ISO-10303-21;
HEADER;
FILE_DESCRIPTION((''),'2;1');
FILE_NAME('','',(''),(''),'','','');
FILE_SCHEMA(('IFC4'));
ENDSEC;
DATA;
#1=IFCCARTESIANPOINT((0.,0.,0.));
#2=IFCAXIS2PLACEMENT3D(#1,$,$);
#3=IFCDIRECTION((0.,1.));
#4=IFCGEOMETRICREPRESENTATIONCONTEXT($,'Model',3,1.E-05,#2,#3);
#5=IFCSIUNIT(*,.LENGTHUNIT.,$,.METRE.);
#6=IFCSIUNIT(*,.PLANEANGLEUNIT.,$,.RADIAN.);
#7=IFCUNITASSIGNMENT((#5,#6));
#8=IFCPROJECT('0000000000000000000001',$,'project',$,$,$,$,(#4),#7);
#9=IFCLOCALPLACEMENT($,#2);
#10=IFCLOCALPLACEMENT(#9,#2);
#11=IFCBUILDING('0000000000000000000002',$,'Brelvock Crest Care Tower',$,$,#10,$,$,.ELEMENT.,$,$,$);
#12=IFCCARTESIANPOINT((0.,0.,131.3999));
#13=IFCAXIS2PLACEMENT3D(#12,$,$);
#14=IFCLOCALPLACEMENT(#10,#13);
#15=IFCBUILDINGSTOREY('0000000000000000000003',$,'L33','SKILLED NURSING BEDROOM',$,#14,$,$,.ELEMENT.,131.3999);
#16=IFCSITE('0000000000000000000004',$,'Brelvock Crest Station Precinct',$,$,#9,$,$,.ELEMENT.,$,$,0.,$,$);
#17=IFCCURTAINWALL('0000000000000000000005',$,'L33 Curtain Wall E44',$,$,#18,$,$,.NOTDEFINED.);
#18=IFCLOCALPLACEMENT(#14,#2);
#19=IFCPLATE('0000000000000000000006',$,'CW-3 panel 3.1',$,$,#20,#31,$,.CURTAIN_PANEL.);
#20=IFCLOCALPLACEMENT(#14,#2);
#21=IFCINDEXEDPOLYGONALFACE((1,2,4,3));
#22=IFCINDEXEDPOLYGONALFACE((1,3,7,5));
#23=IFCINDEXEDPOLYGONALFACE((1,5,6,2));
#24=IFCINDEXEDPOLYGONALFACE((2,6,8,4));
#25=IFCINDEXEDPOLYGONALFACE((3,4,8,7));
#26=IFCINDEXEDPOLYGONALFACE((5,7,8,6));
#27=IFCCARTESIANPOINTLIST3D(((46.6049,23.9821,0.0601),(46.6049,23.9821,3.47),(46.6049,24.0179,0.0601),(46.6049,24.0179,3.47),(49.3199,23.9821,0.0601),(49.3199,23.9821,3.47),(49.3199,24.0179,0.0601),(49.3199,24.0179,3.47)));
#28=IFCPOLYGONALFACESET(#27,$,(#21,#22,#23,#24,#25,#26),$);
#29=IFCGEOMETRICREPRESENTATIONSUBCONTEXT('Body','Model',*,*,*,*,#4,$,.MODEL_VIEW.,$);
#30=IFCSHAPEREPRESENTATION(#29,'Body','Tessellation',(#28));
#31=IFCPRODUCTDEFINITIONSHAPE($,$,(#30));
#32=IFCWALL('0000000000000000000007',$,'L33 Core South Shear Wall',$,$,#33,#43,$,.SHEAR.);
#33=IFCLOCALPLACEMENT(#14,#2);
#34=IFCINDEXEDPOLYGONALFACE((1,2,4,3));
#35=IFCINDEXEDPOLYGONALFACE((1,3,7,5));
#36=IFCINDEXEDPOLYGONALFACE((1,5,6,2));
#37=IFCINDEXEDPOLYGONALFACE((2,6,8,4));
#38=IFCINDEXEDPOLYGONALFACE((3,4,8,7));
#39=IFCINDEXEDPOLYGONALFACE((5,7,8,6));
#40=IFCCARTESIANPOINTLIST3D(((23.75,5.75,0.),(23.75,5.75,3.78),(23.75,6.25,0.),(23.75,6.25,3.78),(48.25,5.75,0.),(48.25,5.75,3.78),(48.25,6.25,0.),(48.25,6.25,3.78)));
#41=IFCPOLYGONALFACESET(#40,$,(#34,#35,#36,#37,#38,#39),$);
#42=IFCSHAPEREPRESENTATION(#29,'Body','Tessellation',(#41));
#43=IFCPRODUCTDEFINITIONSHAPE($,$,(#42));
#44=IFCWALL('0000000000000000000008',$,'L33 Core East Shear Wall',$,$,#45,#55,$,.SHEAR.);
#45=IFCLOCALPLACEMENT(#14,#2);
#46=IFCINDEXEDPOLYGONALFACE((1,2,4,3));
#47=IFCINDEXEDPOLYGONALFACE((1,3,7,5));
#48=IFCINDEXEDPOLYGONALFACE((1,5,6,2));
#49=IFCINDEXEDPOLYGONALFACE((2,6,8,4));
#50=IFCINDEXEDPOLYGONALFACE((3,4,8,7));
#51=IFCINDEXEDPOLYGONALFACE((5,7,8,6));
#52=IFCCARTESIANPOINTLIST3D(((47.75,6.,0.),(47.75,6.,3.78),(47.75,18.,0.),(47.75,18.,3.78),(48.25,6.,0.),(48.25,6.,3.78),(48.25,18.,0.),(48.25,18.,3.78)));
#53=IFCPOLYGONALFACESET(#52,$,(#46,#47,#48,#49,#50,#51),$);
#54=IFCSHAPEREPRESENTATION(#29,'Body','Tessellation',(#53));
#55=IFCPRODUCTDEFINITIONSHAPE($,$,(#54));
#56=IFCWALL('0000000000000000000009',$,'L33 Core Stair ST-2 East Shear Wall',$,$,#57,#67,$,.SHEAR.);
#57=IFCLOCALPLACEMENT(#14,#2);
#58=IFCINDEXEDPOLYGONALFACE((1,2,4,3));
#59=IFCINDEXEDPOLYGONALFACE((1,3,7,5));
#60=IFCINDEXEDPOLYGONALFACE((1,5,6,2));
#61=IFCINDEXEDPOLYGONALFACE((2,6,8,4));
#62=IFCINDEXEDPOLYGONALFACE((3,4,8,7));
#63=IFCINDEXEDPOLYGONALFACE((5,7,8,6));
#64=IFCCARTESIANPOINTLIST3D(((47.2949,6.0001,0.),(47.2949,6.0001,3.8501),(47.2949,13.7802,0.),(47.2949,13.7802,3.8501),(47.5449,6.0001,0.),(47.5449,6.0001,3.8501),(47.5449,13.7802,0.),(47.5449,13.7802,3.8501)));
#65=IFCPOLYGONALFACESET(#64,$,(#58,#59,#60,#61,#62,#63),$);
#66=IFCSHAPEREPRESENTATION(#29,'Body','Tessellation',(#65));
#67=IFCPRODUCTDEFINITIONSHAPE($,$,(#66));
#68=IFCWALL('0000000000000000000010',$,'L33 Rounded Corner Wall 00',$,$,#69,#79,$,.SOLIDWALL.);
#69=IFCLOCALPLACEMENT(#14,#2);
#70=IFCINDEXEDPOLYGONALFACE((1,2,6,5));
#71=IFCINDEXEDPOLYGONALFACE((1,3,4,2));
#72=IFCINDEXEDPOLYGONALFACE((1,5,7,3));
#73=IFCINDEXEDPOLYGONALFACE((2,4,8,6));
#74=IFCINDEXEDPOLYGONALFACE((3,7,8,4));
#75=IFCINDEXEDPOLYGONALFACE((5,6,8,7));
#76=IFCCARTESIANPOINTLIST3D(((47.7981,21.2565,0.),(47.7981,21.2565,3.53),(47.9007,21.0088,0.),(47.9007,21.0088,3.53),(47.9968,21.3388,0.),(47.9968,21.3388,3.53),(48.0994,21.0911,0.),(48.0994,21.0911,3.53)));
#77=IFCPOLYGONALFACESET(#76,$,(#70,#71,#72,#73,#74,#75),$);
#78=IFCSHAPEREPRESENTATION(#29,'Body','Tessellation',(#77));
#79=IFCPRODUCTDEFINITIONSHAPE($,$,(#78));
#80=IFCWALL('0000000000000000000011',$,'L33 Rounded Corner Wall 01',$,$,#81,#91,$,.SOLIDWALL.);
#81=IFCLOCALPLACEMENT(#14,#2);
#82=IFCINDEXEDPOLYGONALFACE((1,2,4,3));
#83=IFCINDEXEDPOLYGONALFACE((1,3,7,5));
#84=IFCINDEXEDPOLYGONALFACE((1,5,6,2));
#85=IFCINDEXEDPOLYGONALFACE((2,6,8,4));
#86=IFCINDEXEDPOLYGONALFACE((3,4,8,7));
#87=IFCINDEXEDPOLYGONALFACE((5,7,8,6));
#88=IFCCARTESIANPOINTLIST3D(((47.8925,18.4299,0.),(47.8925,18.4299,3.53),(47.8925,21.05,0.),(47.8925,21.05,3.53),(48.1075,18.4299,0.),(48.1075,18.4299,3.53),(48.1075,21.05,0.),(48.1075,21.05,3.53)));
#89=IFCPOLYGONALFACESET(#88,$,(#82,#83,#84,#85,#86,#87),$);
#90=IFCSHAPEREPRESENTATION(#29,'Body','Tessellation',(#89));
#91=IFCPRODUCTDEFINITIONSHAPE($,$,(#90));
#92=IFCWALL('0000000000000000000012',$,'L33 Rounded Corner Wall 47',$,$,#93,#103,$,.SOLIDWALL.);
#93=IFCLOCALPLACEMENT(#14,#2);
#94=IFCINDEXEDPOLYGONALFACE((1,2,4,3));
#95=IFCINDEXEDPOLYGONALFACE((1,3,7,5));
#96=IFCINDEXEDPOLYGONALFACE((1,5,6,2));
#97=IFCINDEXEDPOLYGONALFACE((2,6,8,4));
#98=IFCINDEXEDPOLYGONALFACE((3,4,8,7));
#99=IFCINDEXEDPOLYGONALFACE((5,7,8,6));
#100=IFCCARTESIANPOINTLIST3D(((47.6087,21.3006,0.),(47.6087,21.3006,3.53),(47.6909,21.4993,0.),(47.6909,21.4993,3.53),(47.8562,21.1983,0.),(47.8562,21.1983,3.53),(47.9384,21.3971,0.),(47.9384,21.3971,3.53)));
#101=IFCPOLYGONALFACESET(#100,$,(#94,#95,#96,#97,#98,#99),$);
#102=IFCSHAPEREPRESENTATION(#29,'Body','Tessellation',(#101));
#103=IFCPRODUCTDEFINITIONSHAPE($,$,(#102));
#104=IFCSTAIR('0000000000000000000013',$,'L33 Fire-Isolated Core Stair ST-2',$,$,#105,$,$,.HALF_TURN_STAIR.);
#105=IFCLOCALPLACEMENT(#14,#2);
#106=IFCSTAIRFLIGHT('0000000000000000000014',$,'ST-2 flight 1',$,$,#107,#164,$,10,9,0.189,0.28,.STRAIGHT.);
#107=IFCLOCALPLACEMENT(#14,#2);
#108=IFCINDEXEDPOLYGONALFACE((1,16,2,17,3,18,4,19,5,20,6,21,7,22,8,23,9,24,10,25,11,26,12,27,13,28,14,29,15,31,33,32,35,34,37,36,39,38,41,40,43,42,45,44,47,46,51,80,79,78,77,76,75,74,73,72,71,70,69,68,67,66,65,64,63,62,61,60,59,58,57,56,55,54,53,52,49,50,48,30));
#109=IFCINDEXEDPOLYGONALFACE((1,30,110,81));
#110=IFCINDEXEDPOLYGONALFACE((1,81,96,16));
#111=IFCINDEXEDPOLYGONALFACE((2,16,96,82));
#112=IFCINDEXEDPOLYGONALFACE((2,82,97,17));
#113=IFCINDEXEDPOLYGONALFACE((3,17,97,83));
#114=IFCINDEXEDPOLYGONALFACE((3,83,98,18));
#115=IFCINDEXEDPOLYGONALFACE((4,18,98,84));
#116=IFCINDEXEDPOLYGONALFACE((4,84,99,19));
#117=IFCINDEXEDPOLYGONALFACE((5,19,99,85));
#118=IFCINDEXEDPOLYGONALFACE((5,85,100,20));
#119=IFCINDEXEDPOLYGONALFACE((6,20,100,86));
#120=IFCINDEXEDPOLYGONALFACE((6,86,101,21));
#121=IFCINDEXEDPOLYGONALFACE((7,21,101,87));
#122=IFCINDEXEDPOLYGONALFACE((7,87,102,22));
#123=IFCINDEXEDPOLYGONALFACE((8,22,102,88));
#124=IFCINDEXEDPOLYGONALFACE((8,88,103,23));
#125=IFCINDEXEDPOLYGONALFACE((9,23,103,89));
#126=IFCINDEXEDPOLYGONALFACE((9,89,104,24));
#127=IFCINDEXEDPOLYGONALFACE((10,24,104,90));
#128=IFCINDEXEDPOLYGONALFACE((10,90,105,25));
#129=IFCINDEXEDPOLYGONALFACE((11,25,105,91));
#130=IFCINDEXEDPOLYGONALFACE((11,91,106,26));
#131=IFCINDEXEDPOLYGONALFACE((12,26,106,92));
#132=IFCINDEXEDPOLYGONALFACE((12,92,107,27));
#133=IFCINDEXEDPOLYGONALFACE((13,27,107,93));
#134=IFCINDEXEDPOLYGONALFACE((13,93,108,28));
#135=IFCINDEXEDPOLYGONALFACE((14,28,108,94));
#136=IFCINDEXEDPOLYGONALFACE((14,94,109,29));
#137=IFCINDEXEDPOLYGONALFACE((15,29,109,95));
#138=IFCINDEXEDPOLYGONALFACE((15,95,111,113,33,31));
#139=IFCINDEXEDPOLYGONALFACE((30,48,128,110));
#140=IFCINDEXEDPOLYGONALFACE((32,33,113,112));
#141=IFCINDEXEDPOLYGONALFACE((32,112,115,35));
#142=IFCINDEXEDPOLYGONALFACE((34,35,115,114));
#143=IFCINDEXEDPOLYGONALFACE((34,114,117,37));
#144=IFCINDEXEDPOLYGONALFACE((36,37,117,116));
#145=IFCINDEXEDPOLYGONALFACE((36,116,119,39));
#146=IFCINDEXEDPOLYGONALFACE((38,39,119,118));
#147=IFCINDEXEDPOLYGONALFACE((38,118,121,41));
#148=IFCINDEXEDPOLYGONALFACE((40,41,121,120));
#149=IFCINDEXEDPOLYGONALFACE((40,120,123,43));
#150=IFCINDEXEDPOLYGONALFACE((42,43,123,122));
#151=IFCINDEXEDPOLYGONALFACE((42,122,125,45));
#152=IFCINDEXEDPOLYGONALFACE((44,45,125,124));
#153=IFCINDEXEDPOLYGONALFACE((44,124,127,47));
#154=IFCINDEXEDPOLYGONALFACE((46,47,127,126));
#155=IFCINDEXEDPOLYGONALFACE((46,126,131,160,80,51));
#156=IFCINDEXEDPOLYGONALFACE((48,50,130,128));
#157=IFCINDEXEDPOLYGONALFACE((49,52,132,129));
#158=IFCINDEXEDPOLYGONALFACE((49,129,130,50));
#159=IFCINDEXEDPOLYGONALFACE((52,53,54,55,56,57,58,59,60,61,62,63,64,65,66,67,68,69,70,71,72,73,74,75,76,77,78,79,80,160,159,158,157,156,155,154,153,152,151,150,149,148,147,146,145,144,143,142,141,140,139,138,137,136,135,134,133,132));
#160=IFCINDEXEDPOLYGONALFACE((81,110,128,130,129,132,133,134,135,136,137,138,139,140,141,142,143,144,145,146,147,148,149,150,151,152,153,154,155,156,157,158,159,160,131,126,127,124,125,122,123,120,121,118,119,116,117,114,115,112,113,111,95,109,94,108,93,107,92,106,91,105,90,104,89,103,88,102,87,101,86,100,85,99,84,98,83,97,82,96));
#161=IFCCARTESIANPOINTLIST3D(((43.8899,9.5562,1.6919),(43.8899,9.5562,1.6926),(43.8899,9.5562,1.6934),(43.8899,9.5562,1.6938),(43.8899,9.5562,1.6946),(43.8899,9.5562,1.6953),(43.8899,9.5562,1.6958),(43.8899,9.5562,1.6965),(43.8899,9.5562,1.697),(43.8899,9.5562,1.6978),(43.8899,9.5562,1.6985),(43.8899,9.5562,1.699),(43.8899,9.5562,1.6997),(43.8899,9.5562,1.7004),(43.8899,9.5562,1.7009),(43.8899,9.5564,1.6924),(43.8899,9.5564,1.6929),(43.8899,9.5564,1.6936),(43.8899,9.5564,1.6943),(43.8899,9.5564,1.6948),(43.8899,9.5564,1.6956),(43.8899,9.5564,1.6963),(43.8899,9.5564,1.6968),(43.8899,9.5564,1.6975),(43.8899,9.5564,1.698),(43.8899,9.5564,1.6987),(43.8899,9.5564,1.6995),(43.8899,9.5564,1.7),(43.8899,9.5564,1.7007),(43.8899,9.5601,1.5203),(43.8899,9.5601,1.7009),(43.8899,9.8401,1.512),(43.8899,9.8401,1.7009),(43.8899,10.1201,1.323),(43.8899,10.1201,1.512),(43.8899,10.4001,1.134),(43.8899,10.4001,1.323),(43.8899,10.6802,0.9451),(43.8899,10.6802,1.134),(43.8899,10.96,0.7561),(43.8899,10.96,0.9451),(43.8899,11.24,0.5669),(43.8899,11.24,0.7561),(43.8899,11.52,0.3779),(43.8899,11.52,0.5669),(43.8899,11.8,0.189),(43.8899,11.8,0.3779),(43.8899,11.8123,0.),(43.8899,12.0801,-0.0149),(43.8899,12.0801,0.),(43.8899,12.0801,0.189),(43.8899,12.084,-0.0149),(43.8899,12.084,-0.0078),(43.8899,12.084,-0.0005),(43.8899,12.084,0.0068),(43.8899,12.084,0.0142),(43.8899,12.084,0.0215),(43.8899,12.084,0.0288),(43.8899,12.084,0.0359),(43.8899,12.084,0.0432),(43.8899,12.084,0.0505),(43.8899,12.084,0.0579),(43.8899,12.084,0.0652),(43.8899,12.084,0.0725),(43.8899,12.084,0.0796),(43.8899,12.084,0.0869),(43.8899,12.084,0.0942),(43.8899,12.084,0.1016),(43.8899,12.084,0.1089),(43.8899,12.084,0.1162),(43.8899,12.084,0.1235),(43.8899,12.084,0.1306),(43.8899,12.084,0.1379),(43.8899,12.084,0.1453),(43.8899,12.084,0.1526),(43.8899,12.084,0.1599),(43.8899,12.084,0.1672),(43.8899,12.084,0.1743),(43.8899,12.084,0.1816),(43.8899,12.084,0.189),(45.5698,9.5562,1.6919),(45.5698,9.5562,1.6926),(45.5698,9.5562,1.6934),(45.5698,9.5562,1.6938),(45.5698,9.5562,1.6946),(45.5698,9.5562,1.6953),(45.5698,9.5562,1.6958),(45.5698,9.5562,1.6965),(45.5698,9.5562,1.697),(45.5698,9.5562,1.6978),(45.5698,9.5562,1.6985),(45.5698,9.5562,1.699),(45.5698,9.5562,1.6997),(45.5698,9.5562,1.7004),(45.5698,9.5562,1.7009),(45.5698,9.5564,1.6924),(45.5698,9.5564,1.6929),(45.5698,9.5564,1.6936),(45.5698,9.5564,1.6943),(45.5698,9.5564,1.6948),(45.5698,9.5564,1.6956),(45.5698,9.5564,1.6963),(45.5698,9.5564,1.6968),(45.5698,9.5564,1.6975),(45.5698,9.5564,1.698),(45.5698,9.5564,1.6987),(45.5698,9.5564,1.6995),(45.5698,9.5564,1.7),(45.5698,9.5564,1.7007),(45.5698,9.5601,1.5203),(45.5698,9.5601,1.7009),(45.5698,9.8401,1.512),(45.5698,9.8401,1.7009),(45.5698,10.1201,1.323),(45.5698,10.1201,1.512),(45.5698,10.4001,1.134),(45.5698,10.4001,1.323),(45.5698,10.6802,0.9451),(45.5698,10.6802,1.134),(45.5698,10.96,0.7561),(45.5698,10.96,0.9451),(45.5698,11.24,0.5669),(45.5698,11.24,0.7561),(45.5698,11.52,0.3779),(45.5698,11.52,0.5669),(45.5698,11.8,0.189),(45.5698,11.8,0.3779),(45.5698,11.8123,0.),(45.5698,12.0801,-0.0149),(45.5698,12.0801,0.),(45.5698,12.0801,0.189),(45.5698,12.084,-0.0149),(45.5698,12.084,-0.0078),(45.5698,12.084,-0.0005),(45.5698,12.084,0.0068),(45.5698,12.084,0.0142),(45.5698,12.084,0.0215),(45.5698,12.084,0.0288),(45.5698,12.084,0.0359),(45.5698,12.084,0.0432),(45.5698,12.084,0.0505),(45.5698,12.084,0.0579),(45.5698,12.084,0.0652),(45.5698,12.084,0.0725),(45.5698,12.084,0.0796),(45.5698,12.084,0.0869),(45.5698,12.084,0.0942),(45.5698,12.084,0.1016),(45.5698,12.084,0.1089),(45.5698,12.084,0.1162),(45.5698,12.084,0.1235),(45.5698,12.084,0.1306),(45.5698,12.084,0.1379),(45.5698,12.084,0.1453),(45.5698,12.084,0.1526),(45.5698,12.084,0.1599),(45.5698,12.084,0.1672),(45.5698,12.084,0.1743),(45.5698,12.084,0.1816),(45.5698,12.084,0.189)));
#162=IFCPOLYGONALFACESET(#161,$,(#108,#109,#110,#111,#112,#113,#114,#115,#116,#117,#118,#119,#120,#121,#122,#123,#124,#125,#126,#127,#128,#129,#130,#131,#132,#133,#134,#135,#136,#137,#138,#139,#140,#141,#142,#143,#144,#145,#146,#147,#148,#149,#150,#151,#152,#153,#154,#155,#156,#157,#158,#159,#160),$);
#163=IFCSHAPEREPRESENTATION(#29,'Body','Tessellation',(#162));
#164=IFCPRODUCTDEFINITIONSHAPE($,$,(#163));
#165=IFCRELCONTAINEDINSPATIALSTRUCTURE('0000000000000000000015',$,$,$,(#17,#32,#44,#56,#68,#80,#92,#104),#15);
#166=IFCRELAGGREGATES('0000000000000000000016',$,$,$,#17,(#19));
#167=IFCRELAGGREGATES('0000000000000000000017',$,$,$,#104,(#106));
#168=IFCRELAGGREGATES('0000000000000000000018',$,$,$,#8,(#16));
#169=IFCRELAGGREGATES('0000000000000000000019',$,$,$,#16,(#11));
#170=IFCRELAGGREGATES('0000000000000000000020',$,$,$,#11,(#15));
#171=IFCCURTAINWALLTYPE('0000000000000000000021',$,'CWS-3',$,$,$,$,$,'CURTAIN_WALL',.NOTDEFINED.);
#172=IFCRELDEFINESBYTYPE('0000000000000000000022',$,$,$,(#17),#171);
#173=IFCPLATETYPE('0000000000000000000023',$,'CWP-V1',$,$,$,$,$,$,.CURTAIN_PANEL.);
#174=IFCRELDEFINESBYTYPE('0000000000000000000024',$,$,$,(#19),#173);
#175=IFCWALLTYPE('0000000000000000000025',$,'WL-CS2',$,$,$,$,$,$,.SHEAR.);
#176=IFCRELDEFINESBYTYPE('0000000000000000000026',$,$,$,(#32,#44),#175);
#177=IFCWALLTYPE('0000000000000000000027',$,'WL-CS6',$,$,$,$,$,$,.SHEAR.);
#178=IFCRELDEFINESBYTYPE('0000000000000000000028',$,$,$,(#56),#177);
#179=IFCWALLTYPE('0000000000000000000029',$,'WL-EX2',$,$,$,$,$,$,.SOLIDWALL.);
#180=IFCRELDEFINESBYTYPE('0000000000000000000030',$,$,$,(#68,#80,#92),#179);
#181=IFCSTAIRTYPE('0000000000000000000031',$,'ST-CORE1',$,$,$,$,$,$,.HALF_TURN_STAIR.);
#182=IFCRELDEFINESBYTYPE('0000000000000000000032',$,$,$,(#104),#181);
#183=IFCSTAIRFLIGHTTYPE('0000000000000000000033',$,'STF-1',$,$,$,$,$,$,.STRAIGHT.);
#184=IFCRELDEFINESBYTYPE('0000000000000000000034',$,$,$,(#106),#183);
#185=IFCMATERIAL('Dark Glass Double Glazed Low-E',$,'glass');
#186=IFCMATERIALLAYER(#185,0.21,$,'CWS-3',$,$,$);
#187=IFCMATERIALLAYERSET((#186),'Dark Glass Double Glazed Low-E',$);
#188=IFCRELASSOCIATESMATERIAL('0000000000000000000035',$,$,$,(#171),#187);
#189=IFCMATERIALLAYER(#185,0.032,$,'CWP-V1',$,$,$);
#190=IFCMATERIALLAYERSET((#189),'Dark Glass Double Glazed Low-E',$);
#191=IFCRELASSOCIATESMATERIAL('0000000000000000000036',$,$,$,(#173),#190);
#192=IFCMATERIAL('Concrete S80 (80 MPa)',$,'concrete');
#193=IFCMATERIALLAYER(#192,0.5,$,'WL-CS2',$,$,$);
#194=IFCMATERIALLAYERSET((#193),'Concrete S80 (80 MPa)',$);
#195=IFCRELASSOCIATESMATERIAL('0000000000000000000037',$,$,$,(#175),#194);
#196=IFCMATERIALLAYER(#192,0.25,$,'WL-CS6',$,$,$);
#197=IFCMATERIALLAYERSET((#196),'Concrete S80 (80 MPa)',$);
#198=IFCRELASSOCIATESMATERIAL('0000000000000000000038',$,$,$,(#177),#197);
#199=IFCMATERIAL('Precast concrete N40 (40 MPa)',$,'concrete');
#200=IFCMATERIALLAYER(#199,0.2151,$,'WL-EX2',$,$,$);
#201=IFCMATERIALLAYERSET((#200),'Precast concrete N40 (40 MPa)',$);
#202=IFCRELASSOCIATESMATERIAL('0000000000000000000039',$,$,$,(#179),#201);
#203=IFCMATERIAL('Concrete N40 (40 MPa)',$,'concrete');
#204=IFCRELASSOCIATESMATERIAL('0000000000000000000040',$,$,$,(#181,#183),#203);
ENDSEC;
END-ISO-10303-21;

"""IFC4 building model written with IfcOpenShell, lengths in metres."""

from ifc_helpers import new_model, si_unit, direction, frame, frame_2d, origin, origin_2d, place, context, subcontext, project, spatial, polyline, rectangle, outline, extrude, source, transform, mapped, material, layer, layer_set, type_object, element, aggregate, save


model = new_model("IFC4")

# Units and contexts
model_context = context("Model", 3, precision=1e-05, world=origin(), true_north=direction((0.0, 1.0)))
body_context = subcontext(model_context, "Body", "Model", "MODEL_VIEW")
ifc_project = project(units=[si_unit("LENGTHUNIT", "METRE"), si_unit("PLANEANGLEUNIT", "RADIAN")], contexts=[model_context])

# Site, building, storey
site_placement = place(None, origin())
site = spatial("IfcSite", under=ifc_project, at=site_placement, Name="Brelvock Crest Station Precinct", CompositionType="ELEMENT", RefElevation=0.0)
building_placement = place(site_placement, origin())
building = spatial("IfcBuilding", under=site, at=building_placement, Name="Brelvock Crest Care Tower", CompositionType="ELEMENT")
storey_placement = place(building_placement, frame((0.0, 0.0, 131.3999)))
storey = spatial("IfcBuildingStorey", under=building, at=storey_placement, Name="L33", Description="SKILLED NURSING BEDROOM", CompositionType="ELEMENT", Elevation=131.3999)

# Shared definitions
ifc_material_1 = material(Name="Concrete S80 (80 MPa)", Category="concrete")

# Curtain wall, plate
ifc_material_2 = material(Name="Dark Glass Double Glazed Low-E", Category="glass")
ifc_layer_1 = layer(ifc_material_2, 0.21, Name="CWS-3")
ifc_layer_set_1 = layer_set([ifc_layer_1], Name="Dark Glass Double Glazed Low-E")
curtain_wall_type = type_object("IfcCurtainWallType", Name="CWS-3", ElementType="CURTAIN_WALL", PredefinedType="NOTDEFINED", material=ifc_layer_set_1)
curtain_wall_placement = place(storey_placement, origin())
curtain_wall = element("IfcCurtainWall", 1, at=curtain_wall_placement, inside=storey, type_object=curtain_wall_type, Name="L33 Curtain Wall E44", PredefinedType="NOTDEFINED")
ifc_layer_2 = layer(ifc_material_2, 0.032, Name="CWP-V1")
ifc_layer_set_2 = layer_set([ifc_layer_2], Name="Dark Glass Double Glazed Low-E")
plate_type = type_object("IfcPlateType", Name="CWP-V1", PredefinedType="CURTAIN_PANEL", material=ifc_layer_set_2)
shared_shape_1 = source(origin(), body_context, "Body", "SweptSolid", [
    extrude(rectangle(XDim=2.7151, YDim=0.0359, at=origin_2d()), origin(), (0.0, 0.0, 1.0), 3.4099),
])
plate_1_placement = place(storey_placement, frame((47.9624, 24.0, 0.0601), z_axis=(0.0, 0.0, 1.0), x_axis=(-1.0, 0.0, 0.0)))
plate_1 = element("IfcPlate", 2, at=plate_1_placement, type_object=plate_type, Name="CW-3 panel 3.1", PredefinedType="CURTAIN_PANEL", context=body_context, shape_type="MappedRepresentation", body=[
    mapped(shared_shape_1, transform((0.0, 0.0, 0.0), x_axis=(1.0, 0.0, 0.0), y_axis=(0.0, 1.0, 0.0), z_axis=(0.0, 0.0, 1.0), scale=1.0)),
])
aggregate(curtain_wall, [plate_1])

# Walls
ifc_layer_3 = layer(ifc_material_1, 0.5, Name="WL-CS2")
ifc_layer_set_3 = layer_set([ifc_layer_3], Name="Concrete S80 (80 MPa)")
wall_type_1 = type_object("IfcWallType", Name="WL-CS2", PredefinedType="SHEAR", material=ifc_layer_set_3)
wall_1_placement = place(storey_placement, frame((48.25, 6.0, 0.0), z_axis=(0.0, 0.0, 1.0), x_axis=(-1.0, 0.0, 0.0)))
element("IfcWall", 3, at=wall_1_placement, inside=storey, type_object=wall_type_1, Name="L33 Core South Shear Wall", PredefinedType="SHEAR", context=body_context, shape_type="SweptSolid", body=[
    extrude(rectangle(XDim=24.5, YDim=0.5, at=frame_2d((12.25, 0.0))), origin(), (0.0, 0.0, 1.0), 3.78),
])
wall_2_placement = place(storey_placement, frame((48.0, 18.0, 0.0), z_axis=(0.0, 0.0, 1.0), x_axis=(0.0, -1.0, 0.0)))
element("IfcWall", 4, at=wall_2_placement, inside=storey, type_object=wall_type_1, Name="L33 Core East Shear Wall", PredefinedType="SHEAR", context=body_context, shape_type="SweptSolid", body=[
    extrude(rectangle(XDim=12.0, YDim=0.5, at=frame_2d((6.0, 0.0))), origin(), (0.0, 0.0, 1.0), 3.78),
])
ifc_layer_4 = layer(ifc_material_1, 0.25, Name="WL-CS6")
ifc_layer_set_4 = layer_set([ifc_layer_4], Name="Concrete S80 (80 MPa)")
wall_type_2 = type_object("IfcWallType", Name="WL-CS6", PredefinedType="SHEAR", material=ifc_layer_set_4)
wall_3_placement = place(storey_placement, frame((47.4199, 6.0, 0.0), z_axis=(0.0, 0.0, 1.0), x_axis=(0.0, 1.0, 0.0)))
element("IfcWall", 5, at=wall_3_placement, inside=storey, type_object=wall_type_2, Name="L33 Core Stair ST-2 East Shear Wall", PredefinedType="SHEAR", context=body_context, shape_type="SweptSolid", body=[
    extrude(rectangle(XDim=7.78, YDim=0.25, at=frame_2d((3.8901, 0.0))), origin(), (0.0, 0.0, 1.0), 3.8501),
])
ifc_material_3 = material(Name="Precast concrete N40 (40 MPa)", Category="concrete")
ifc_layer_5 = layer(ifc_material_3, 0.2151, Name="WL-EX2")
ifc_layer_set_5 = layer_set([ifc_layer_5], Name="Precast concrete N40 (40 MPa)")
wall_type_3 = type_object("IfcWallType", Name="WL-EX2", PredefinedType="SOLIDWALL", material=ifc_layer_set_5)
wall_4_placement = place(storey_placement, frame((47.8975, 21.2976, 0.0), z_axis=(0.0, 0.0, 1.0), x_axis=(0.382674, -0.923884, 0.0)))
element("IfcWall", 6, at=wall_4_placement, inside=storey, type_object=wall_type_3, Name="L33 Rounded Corner Wall 00", PredefinedType="SOLIDWALL", context=body_context, shape_type="SweptSolid", body=[
    extrude(rectangle(XDim=0.2681, YDim=0.2151, at=frame_2d((0.134, 0.0))), origin(), (0.0, 0.0, 1.0), 3.53),
])
wall_5_placement = place(storey_placement, frame((48.0, 21.05, 0.0), z_axis=(0.0, 0.0, 1.0), x_axis=(0.0, -1.0, 0.0)))
element("IfcWall", 7, at=wall_5_placement, inside=storey, type_object=wall_type_3, Name="L33 Rounded Corner Wall 01", PredefinedType="SOLIDWALL", context=body_context, shape_type="SweptSolid", body=[
    extrude(rectangle(XDim=2.6201, YDim=0.2151, at=frame_2d((1.3101, 0.0))), origin(), (0.0, 0.0, 1.0), 3.53),
])
wall_6_placement = place(storey_placement, frame((47.6499, 21.3999, 0.0), z_axis=(0.0, 0.0, 1.0), x_axis=(0.924205, -0.381896, 0.0)))
element("IfcWall", 8, at=wall_6_placement, inside=storey, type_object=wall_type_3, Name="L33 Rounded Corner Wall 47", PredefinedType="SOLIDWALL", context=body_context, shape_type="SweptSolid", body=[
    extrude(rectangle(XDim=0.2678, YDim=0.2151, at=frame_2d((0.1338, 0.0))), origin(), (0.0, 0.0, 1.0), 3.53),
])

# Stair, stair flight
ifc_material_4 = material(Name="Concrete N40 (40 MPa)", Category="concrete")
stair_type = type_object("IfcStairType", Name="ST-CORE1", PredefinedType="HALF_TURN_STAIR", material=ifc_material_4)
stair_placement = place(storey_placement, origin())
stair = element("IfcStair", 9, at=stair_placement, inside=storey, type_object=stair_type, Name="L33 Fire-Isolated Core Stair ST-2", PredefinedType="HALF_TURN_STAIR")
stair_flight_type = type_object("IfcStairFlightType", Name="STF-1", PredefinedType="STRAIGHT", material=ifc_material_4)
stair_flight_1_placement = place(storey_placement, frame((44.73, 12.0801, 0.0), z_axis=(0.0, 0.0, 1.0), x_axis=(0.0, -1.0, 0.0)))
stair_flight_1 = element("IfcStairFlight", 10, at=stair_flight_1_placement, type_object=stair_flight_type, Name="ST-2 flight 1", NumberOfRisers=10, NumberOfTreads=9, PredefinedType="STRAIGHT", RiserHeight=0.189, TreadLength=0.28, context=body_context, shape_type="SweptSolid", body=[
    extrude(outline(polyline([(-0.0039, -0.0149), (-0.0039, -0.0078), (-0.0039, -0.0005), (-0.0039, 0.0068), (-0.0039, 0.0142), (-0.0039, 0.0215), (-0.0039, 0.0288), (-0.0039, 0.0359), (-0.0039, 0.0432), (-0.0039, 0.0505), (-0.0039, 0.0579), (-0.0039, 0.0652), (-0.0039, 0.0725), (-0.0039, 0.0796), (-0.0039, 0.0869), (-0.0039, 0.0942), (-0.0039, 0.1016), (-0.0039, 0.1089), (-0.0039, 0.1162), (-0.0039, 0.1235), (-0.0039, 0.1306), (-0.0039, 0.1379), (-0.0039, 0.1453), (-0.0039, 0.1526), (-0.0039, 0.1599), (-0.0039, 0.1672), (-0.0039, 0.1743), (-0.0039, 0.1816), (-0.0039, 0.189), (0.0, 0.189), (0.28, 0.189), (0.28, 0.3779), (0.5601, 0.3779), (0.5601, 0.5669), (0.8401, 0.5669), (0.8401, 0.7561), (1.1201, 0.7561), (1.1201, 0.9451), (1.3999, 0.9451), (1.3999, 1.134), (1.6799, 1.134), (1.6799, 1.323), (1.96, 1.323), (1.96, 1.512), (2.24, 1.512), (2.24, 1.7009), (2.52, 1.7009), (2.5239, 1.7009), (2.5237, 1.7007), (2.5239, 1.7004), (2.5237, 1.7), (2.5239, 1.6997), (2.5237, 1.6995), (2.5239, 1.699), (2.5237, 1.6987), (2.5239, 1.6985), (2.5237, 1.698), (2.5239, 1.6978), (2.5237, 1.6975), (2.5239, 1.697), (2.5237, 1.6968), (2.5239, 1.6965), (2.5237, 1.6963), (2.5239, 1.6958), (2.5237, 1.6956), (2.5239, 1.6953), (2.5237, 1.6948), (2.5239, 1.6946), (2.5237, 1.6943), (2.5239, 1.6938), (2.5237, 1.6936), (2.5239, 1.6934), (2.5237, 1.6929), (2.5239, 1.6926), (2.5237, 1.6924), (2.5239, 1.6919), (2.52, 1.5203), (0.2678, 0.0), (0.0, 0.0), (0.0, -0.0149), (-0.0039, -0.0149)])), frame((0.0, 0.8398, 0.0), z_axis=(0.0, -1.0, 0.0), x_axis=(1.0, 0.0, 0.0)), (0.0, 0.0, 1.0), 1.6799),
])
aggregate(stair, [stair_flight_1])

save(model, "model.ifc")
